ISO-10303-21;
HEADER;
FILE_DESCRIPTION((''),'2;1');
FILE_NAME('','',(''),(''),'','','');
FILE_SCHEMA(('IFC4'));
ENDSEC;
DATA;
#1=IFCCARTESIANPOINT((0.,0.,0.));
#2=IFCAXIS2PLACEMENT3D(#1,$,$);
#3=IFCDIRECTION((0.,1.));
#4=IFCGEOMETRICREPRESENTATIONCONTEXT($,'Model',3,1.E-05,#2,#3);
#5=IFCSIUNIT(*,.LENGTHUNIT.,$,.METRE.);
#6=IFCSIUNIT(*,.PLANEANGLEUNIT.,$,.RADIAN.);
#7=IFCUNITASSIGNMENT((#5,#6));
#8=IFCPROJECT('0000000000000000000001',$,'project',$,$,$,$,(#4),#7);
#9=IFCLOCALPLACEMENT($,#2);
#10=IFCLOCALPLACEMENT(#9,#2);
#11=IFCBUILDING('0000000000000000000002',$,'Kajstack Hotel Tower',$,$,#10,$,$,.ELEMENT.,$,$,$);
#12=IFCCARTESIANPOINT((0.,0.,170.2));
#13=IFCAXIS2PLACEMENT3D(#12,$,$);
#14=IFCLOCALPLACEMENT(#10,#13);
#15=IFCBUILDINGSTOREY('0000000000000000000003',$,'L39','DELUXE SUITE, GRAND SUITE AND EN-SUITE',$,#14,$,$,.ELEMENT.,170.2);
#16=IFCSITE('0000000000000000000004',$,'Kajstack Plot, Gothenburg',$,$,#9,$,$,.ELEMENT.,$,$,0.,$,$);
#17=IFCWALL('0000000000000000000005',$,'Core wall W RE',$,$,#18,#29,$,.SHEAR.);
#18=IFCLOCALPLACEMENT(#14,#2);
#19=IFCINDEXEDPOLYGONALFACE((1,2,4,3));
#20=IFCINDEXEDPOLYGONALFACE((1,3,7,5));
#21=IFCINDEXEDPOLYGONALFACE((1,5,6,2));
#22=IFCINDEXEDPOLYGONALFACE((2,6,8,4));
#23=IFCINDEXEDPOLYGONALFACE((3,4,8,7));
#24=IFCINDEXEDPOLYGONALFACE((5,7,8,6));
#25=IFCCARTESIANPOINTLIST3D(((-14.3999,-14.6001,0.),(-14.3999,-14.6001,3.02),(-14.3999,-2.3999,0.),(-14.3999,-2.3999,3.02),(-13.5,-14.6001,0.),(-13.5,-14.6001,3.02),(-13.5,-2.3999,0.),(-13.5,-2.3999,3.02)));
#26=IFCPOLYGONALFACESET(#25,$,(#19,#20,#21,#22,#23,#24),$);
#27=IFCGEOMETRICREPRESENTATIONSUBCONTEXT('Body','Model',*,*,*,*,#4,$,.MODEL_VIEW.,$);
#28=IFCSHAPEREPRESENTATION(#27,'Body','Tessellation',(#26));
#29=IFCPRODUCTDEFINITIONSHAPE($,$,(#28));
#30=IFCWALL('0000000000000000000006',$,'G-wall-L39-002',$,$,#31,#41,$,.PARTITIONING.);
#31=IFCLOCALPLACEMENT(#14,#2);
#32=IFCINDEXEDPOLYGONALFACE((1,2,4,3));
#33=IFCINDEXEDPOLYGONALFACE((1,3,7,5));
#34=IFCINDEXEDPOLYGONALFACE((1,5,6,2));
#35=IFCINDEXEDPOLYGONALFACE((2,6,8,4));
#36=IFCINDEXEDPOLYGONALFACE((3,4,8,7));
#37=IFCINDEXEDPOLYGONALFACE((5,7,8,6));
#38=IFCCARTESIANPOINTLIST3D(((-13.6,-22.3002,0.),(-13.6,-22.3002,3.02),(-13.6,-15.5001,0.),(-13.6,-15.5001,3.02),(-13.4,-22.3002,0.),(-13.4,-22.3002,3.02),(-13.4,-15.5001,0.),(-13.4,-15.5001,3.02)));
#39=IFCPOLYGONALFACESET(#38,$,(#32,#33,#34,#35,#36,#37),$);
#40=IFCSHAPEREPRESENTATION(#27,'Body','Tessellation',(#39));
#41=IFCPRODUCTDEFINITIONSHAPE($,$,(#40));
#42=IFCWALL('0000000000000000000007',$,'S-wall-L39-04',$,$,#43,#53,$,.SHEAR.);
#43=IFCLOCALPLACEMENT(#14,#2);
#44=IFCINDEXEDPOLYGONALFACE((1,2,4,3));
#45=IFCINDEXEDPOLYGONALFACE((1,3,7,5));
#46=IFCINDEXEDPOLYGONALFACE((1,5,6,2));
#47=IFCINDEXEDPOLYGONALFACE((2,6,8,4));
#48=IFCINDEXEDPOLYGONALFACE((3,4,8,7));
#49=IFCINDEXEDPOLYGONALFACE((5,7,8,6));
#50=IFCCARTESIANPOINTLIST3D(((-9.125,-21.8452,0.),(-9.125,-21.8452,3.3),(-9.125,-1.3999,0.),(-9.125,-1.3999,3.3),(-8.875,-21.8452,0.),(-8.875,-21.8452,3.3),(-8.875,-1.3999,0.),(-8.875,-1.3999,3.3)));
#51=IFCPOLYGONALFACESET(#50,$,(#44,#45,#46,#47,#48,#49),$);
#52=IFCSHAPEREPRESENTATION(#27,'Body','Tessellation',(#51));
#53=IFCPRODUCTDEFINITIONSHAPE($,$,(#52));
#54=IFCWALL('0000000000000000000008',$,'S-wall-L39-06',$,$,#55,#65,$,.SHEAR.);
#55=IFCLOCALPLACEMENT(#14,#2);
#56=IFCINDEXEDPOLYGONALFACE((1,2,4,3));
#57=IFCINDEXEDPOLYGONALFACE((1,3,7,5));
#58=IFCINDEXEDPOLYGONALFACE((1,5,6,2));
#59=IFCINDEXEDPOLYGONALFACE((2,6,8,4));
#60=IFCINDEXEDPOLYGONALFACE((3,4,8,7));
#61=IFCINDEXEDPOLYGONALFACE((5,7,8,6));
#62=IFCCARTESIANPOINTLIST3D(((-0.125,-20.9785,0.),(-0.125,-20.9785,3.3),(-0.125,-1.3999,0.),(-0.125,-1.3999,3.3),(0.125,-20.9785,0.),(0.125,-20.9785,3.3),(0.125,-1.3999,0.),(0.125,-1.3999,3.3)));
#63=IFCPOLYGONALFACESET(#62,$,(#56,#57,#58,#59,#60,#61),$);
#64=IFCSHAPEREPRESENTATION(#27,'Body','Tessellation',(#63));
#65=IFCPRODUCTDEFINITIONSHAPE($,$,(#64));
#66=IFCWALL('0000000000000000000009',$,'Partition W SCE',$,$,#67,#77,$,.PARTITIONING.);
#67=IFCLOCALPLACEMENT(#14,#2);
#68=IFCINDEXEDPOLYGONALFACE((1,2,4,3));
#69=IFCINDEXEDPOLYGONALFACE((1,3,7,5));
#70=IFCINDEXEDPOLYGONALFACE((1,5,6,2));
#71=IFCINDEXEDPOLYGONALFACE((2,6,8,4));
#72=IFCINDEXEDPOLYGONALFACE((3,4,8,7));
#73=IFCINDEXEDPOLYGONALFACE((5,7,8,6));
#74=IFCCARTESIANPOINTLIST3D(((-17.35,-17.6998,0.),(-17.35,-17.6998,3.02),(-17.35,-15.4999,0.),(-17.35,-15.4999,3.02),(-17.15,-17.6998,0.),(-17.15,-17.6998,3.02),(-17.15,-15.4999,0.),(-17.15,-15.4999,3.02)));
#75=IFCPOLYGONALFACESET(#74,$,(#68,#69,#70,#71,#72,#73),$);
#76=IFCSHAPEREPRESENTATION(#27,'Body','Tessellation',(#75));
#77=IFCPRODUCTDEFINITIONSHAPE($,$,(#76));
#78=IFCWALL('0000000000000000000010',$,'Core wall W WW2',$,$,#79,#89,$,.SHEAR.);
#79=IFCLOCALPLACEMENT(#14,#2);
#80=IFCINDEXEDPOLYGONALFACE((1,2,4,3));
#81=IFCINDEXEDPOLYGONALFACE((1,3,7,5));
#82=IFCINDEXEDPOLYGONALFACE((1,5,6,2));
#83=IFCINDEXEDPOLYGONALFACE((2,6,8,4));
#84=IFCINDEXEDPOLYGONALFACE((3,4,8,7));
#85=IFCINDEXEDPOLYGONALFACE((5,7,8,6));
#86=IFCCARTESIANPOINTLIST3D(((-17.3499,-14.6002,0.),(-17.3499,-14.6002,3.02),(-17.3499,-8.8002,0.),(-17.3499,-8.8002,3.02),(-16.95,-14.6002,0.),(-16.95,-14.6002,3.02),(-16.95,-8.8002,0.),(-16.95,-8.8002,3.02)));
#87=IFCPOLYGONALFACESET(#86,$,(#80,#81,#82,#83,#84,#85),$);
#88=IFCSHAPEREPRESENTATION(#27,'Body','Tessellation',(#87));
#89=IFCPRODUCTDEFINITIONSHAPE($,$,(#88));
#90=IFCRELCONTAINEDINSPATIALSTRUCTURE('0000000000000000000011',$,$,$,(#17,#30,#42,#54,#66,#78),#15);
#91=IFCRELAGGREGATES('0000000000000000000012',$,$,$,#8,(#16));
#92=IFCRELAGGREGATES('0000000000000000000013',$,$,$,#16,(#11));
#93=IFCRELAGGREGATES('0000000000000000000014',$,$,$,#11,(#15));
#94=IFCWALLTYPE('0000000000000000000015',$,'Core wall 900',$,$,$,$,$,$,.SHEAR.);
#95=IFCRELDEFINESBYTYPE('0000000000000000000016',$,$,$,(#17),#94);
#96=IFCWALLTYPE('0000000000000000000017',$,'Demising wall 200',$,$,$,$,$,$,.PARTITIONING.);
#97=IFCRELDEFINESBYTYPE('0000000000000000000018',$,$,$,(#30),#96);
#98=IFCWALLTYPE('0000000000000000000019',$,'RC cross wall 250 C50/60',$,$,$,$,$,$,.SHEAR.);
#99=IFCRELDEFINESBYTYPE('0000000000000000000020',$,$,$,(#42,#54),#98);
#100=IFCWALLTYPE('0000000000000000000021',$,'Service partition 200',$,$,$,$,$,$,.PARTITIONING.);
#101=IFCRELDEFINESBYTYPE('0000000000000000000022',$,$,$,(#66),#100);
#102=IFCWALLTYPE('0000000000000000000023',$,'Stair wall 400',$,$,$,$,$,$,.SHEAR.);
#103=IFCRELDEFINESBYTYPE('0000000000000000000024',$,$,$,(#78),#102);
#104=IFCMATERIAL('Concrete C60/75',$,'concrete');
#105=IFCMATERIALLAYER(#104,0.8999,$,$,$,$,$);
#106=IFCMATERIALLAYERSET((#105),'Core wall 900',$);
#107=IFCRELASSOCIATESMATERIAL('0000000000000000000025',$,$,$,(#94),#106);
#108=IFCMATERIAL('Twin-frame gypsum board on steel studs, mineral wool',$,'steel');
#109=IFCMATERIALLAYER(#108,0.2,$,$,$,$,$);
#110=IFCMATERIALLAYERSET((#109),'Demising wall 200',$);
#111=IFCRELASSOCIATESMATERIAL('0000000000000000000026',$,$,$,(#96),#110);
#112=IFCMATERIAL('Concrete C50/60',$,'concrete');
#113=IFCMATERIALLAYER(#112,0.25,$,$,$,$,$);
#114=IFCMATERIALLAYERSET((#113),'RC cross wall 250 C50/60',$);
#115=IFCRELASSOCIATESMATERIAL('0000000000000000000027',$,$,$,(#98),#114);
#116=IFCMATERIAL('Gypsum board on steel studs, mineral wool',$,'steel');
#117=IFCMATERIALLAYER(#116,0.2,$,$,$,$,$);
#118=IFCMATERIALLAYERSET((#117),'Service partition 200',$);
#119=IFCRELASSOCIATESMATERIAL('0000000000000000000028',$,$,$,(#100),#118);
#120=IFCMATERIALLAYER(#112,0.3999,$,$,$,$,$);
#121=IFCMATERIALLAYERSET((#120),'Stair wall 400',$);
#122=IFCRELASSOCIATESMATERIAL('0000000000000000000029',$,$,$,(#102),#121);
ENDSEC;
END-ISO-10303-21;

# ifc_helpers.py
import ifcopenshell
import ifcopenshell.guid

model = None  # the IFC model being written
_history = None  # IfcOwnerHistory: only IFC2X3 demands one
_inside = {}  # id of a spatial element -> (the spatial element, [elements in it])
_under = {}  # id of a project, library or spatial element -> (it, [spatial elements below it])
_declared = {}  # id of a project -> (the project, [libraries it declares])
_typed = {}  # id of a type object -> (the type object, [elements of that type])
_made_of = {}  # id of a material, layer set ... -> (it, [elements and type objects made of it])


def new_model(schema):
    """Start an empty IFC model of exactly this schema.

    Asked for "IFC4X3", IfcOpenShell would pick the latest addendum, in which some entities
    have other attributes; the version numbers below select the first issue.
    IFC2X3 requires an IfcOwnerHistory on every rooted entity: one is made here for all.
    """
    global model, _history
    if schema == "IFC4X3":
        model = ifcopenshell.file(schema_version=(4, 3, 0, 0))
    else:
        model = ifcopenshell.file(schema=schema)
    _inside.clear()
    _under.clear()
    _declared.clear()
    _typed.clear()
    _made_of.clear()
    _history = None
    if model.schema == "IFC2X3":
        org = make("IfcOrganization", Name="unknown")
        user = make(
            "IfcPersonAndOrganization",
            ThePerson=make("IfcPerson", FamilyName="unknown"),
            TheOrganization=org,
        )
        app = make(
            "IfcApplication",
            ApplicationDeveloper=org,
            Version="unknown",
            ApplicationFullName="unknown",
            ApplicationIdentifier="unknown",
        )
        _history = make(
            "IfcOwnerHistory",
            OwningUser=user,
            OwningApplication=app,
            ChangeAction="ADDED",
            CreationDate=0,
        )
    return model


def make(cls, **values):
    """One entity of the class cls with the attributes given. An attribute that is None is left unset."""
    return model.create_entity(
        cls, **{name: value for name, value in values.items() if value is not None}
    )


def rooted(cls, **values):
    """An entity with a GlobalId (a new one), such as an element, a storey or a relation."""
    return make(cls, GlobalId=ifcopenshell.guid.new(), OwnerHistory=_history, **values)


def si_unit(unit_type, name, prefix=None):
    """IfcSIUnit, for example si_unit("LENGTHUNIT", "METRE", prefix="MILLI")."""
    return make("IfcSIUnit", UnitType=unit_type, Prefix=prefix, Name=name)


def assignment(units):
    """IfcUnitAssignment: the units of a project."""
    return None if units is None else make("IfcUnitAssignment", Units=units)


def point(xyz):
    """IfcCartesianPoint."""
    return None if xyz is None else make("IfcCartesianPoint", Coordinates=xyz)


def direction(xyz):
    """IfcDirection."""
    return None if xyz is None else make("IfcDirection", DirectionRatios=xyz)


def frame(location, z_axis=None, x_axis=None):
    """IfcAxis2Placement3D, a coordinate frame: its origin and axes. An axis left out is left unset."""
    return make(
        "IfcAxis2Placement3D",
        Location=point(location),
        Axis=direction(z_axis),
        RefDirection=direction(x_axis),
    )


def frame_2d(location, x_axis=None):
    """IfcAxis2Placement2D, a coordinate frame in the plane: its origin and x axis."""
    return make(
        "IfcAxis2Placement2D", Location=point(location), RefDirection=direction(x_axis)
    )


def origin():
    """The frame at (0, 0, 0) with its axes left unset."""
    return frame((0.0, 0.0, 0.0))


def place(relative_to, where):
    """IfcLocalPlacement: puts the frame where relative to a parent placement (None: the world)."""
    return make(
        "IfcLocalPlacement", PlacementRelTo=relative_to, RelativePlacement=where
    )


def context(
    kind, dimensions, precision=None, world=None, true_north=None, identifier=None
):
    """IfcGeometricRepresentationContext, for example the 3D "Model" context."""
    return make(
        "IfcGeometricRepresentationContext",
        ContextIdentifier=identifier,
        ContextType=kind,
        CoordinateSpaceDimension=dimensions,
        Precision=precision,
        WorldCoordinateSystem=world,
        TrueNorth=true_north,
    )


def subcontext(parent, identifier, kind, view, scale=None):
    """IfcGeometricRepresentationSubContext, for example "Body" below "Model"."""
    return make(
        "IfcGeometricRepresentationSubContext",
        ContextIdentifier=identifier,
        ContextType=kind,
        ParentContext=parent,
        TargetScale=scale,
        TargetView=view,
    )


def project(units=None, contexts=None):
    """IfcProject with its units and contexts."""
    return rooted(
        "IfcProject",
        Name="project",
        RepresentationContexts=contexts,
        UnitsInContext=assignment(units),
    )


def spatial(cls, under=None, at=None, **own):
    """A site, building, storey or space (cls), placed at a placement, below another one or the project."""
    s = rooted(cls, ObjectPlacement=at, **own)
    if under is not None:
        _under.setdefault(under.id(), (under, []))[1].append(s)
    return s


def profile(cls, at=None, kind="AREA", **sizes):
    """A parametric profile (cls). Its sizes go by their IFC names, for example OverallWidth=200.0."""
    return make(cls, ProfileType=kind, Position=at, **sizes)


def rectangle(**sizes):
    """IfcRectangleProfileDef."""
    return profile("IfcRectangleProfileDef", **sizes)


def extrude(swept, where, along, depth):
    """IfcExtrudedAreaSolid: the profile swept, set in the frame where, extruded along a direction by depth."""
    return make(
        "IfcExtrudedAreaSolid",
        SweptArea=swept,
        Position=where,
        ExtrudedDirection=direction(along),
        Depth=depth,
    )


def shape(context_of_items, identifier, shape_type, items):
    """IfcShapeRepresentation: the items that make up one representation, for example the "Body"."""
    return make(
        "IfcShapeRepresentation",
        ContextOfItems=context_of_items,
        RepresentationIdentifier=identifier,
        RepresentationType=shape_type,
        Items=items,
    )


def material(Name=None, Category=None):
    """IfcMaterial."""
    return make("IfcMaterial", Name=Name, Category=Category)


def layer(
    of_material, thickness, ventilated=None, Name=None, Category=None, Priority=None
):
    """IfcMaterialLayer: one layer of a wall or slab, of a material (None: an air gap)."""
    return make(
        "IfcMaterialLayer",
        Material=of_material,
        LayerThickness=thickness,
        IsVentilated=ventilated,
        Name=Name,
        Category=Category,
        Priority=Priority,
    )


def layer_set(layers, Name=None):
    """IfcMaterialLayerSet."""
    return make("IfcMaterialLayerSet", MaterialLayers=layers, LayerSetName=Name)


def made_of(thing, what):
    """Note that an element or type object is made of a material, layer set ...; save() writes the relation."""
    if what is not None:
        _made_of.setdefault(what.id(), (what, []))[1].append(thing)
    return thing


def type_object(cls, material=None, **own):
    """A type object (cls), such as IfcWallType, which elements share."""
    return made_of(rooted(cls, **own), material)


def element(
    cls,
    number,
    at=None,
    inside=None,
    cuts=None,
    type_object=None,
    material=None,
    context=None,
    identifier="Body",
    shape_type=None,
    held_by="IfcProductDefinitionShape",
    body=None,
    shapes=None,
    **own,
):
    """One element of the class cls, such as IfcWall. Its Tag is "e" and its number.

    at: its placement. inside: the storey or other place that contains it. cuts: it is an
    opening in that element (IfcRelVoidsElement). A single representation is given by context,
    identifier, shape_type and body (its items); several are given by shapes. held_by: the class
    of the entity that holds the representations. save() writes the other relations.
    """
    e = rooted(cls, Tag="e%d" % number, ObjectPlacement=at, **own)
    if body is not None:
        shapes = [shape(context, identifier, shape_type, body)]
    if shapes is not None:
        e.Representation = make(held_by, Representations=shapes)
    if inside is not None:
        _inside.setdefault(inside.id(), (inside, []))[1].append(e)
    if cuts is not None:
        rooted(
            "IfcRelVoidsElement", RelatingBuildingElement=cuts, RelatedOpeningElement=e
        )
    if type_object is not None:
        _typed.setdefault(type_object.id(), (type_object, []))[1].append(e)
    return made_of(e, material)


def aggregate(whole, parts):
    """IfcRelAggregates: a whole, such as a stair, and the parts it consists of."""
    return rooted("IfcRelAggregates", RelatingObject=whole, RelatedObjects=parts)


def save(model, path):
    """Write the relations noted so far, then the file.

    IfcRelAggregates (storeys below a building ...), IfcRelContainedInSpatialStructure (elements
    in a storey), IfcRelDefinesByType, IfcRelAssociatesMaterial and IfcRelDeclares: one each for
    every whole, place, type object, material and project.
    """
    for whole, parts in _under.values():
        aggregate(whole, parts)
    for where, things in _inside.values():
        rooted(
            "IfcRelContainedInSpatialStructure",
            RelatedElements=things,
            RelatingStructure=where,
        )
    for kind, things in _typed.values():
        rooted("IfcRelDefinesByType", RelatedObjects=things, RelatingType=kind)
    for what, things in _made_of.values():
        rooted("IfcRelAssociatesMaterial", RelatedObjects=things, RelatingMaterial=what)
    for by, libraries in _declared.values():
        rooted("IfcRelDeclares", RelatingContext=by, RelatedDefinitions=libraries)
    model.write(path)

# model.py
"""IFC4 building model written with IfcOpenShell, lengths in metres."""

from ifc_helpers import new_model, si_unit, direction, frame, frame_2d, origin, place, context, subcontext, project, spatial, rectangle, extrude, material, layer, layer_set, type_object, element, save


model = new_model("IFC4")

# Units and contexts
model_context = context("Model", 3, precision=1e-05, world=origin(), true_north=direction((0.0, 1.0)))
body_context = subcontext(model_context, "Body", "Model", "MODEL_VIEW")
ifc_project = project(units=[si_unit("LENGTHUNIT", "METRE"), si_unit("PLANEANGLEUNIT", "RADIAN")], contexts=[model_context])

# Site, building, storey
site_placement = place(None, origin())
site = spatial("IfcSite", under=ifc_project, at=site_placement, Name="Kajstack Plot, Gothenburg", CompositionType="ELEMENT", RefElevation=0.0)
building_placement = place(site_placement, origin())
building = spatial("IfcBuilding", under=site, at=building_placement, Name="Kajstack Hotel Tower", CompositionType="ELEMENT")
storey_placement = place(building_placement, frame((0.0, 0.0, 170.2)))
storey = spatial("IfcBuildingStorey", under=building, at=storey_placement, Name="L39", Description="DELUXE SUITE, GRAND SUITE AND EN-SUITE", CompositionType="ELEMENT", Elevation=170.2)

# Walls
ifc_material_1 = material(Name="Concrete C60/75", Category="concrete")
ifc_layer_1 = layer(ifc_material_1, 0.8999)
ifc_layer_set_1 = layer_set([ifc_layer_1], Name="Core wall 900")
wall_type_1 = type_object("IfcWallType", Name="Core wall 900", PredefinedType="SHEAR", material=ifc_layer_set_1)
wall_1_placement = place(storey_placement, frame((-13.95, -14.6001, 0.0), z_axis=(0.0, 0.0, 1.0), x_axis=(0.0, 1.0, 0.0)))
element("IfcWall", 1, at=wall_1_placement, inside=storey, type_object=wall_type_1, Name="Core wall W RE", PredefinedType="SHEAR", context=body_context, shape_type="SweptSolid", body=[
    extrude(rectangle(XDim=12.2002, YDim=0.8999, at=frame_2d((6.1001, 0.0))), origin(), (0.0, 0.0, 1.0), 3.02),
])
ifc_material_2 = material(Name="Twin-frame gypsum board on steel studs, mineral wool", Category="steel")
ifc_layer_2 = layer(ifc_material_2, 0.2)
ifc_layer_set_2 = layer_set([ifc_layer_2], Name="Demising wall 200")
wall_type_2 = type_object("IfcWallType", Name="Demising wall 200", PredefinedType="PARTITIONING", material=ifc_layer_set_2)
wall_2_placement = place(storey_placement, frame((-13.5, -22.3, 0.0), z_axis=(0.0, 0.0, 1.0), x_axis=(0.0, 1.0, 0.0)))
element("IfcWall", 2, at=wall_2_placement, inside=storey, type_object=wall_type_2, Name="G-wall-L39-002", PredefinedType="PARTITIONING", context=body_context, shape_type="SweptSolid", body=[
    extrude(rectangle(XDim=6.8, YDim=0.2, at=frame_2d((3.3999, 0.0))), origin(), (0.0, 0.0, 1.0), 3.02),
])

# Walls
ifc_material_3 = material(Name="Concrete C50/60", Category="concrete")
ifc_layer_3 = layer(ifc_material_3, 0.25)
ifc_layer_set_3 = layer_set([ifc_layer_3], Name="RC cross wall 250 C50/60")
wall_type_3 = type_object("IfcWallType", Name="RC cross wall 250 C50/60", PredefinedType="SHEAR", material=ifc_layer_set_3)
wall_3_placement = place(storey_placement, frame((-9.0, -21.8452, 0.0), z_axis=(0.0, 0.0, 1.0), x_axis=(0.0, 1.0, 0.0)))
element("IfcWall", 3, at=wall_3_placement, inside=storey, type_object=wall_type_3, Name="S-wall-L39-04", PredefinedType="SHEAR", context=body_context, shape_type="SweptSolid", body=[
    extrude(rectangle(XDim=20.4453, YDim=0.25, at=frame_2d((10.2227, 0.0))), origin(), (0.0, 0.0, 1.0), 3.3),
])
wall_4_placement = place(storey_placement, frame((0.0, -20.9785, 0.0), z_axis=(0.0, 0.0, 1.0), x_axis=(0.0, 1.0, 0.0)))
element("IfcWall", 4, at=wall_4_placement, inside=storey, type_object=wall_type_3, Name="S-wall-L39-06", PredefinedType="SHEAR", context=body_context, shape_type="SweptSolid", body=[
    extrude(rectangle(XDim=19.5786, YDim=0.25, at=frame_2d((9.7893, 0.0))), origin(), (0.0, 0.0, 1.0), 3.3),
])
ifc_material_4 = material(Name="Gypsum board on steel studs, mineral wool", Category="steel")
ifc_layer_4 = layer(ifc_material_4, 0.2)
ifc_layer_set_4 = layer_set([ifc_layer_4], Name="Service partition 200")
wall_type_4 = type_object("IfcWallType", Name="Service partition 200", PredefinedType="PARTITIONING", material=ifc_layer_set_4)
wall_5_placement = place(storey_placement, frame((-17.25, -17.7, 0.0), z_axis=(0.0, 0.0, 1.0), x_axis=(0.0, 1.0, 0.0)))
element("IfcWall", 5, at=wall_5_placement, inside=storey, type_object=wall_type_4, Name="Partition W SCE", PredefinedType="PARTITIONING", context=body_context, shape_type="SweptSolid", body=[
    extrude(rectangle(XDim=2.2, YDim=0.2, at=frame_2d((1.1001, 0.0))), origin(), (0.0, 0.0, 1.0), 3.02),
])
ifc_layer_5 = layer(ifc_material_3, 0.3999)
ifc_layer_set_5 = layer_set([ifc_layer_5], Name="Stair wall 400")
wall_type_5 = type_object("IfcWallType", Name="Stair wall 400", PredefinedType="SHEAR", material=ifc_layer_set_5)
wall_6_placement = place(storey_placement, frame((-17.1499, -14.6001, 0.0), z_axis=(0.0, 0.0, 1.0), x_axis=(0.0, 1.0, 0.0)))
element("IfcWall", 6, at=wall_6_placement, inside=storey, type_object=wall_type_5, Name="Core wall W WW2", PredefinedType="SHEAR", context=body_context, shape_type="SweptSolid", body=[
    extrude(rectangle(XDim=5.8, YDim=0.3999, at=frame_2d((2.8999, 0.0))), origin(), (0.0, 0.0, 1.0), 3.02),
])

save(model, "model.ifc")
